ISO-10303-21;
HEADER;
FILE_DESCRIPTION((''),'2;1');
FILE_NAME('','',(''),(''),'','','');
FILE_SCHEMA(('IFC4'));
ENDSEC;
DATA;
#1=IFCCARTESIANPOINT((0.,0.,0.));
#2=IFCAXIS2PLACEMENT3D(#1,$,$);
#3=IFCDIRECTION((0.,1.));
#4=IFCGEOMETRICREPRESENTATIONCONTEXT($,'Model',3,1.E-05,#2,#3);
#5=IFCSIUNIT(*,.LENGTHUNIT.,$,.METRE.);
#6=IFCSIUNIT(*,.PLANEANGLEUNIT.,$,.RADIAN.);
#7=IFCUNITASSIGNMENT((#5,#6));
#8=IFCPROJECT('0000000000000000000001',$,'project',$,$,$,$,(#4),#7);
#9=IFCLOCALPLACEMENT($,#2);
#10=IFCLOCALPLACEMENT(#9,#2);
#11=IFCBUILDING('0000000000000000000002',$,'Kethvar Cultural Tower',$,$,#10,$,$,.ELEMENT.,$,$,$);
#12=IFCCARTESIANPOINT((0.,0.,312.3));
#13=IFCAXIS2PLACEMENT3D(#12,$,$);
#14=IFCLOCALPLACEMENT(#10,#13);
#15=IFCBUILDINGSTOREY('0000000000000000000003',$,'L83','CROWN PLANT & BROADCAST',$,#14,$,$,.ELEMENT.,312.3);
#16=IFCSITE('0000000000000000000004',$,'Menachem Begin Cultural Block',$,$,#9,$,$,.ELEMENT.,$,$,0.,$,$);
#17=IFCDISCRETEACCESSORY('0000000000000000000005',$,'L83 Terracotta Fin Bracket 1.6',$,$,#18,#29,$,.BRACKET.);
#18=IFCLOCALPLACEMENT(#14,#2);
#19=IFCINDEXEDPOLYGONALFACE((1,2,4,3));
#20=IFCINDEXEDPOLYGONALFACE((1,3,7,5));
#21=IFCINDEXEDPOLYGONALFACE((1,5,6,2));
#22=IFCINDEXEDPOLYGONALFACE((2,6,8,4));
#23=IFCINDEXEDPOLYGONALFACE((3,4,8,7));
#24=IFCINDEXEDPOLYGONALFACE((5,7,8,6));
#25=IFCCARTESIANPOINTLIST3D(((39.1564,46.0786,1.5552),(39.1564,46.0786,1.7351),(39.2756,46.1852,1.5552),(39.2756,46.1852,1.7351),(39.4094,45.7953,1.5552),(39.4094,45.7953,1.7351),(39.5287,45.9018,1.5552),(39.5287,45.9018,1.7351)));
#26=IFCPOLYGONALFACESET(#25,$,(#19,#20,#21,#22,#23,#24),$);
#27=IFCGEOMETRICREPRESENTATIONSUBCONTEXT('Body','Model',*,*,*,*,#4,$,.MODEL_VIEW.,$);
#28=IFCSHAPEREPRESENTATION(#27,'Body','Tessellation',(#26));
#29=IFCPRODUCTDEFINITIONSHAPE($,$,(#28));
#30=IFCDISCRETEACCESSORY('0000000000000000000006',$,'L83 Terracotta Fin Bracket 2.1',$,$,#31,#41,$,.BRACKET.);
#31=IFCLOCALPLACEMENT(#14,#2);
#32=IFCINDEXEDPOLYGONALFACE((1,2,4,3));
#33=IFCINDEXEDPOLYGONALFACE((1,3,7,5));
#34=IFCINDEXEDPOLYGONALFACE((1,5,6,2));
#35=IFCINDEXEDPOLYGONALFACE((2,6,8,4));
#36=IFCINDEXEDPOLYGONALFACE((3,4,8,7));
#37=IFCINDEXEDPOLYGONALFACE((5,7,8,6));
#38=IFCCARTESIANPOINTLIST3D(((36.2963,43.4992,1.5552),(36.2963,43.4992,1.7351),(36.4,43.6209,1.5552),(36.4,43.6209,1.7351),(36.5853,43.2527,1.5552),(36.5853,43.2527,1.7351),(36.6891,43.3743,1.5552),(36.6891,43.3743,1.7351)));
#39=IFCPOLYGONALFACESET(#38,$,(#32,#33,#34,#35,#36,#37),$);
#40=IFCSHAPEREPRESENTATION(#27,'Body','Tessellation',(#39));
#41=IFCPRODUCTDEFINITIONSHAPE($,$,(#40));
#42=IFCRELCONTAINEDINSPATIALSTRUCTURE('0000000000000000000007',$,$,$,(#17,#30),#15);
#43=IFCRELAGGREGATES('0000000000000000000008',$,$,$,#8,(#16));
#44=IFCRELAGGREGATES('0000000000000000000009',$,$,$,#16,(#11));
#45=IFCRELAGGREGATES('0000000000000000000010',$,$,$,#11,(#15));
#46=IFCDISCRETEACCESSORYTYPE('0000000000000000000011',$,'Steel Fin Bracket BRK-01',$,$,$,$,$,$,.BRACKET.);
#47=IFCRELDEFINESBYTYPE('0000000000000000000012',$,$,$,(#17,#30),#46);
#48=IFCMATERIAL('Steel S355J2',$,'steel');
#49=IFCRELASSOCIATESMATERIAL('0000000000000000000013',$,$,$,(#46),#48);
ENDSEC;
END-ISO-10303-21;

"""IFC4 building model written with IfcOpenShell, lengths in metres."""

from ifc_helpers import new_model, si_unit, direction, frame, origin, origin_2d, place, context, subcontext, project, spatial, rectangle, extrude, source, transform, mapped, material, type_object, element, save


model = new_model("IFC4")

# Units and contexts
model_context = context("Model", 3, precision=1e-05, world=origin(), true_north=direction((0.0, 1.0)))
body_context = subcontext(model_context, "Body", "Model", "MODEL_VIEW")
ifc_project = project(units=[si_unit("LENGTHUNIT", "METRE"), si_unit("PLANEANGLEUNIT", "RADIAN")], contexts=[model_context])

# Site, building, storey
site_placement = place(None, origin())
site = spatial("IfcSite", under=ifc_project, at=site_placement, Name="Menachem Begin Cultural Block", CompositionType="ELEMENT", RefElevation=0.0)
building_placement = place(site_placement, origin())
building = spatial("IfcBuilding", under=site, at=building_placement, Name="Kethvar Cultural Tower", CompositionType="ELEMENT")
storey_placement = place(building_placement, frame((0.0, 0.0, 312.3)))
storey = spatial("IfcBuildingStorey", under=building, at=storey_placement, Name="L83", Description="CROWN PLANT & BROADCAST", CompositionType="ELEMENT", Elevation=312.3)

# Shared definitions
ifc_material_1 = material(Name="Steel S355J2", Category="steel")

# Discrete accessories
discrete_accessory_type = type_object("IfcDiscreteAccessoryType", Name="Steel Fin Bracket BRK-01", PredefinedType="BRACKET", material=ifc_material_1)
shared_shape_1 = source(origin(), body_context, "Body", "SweptSolid", [
    extrude(rectangle(XDim=0.3799, YDim=0.1599, at=origin_2d()), origin(), (0.0, 0.0, 1.0), 0.1799),
])
for number, where, z_axis, x_axis, name in (
    (1, (39.3425, 45.9902, 1.5552), (0.0, 0.0, 1.0), (-0.666142, 0.745825, 0.0), "L83 Terracotta Fin Bracket 1.6"),
    (2, (36.4927, 43.4368, 1.5552), (0.0, 0.0, 1.0), (-0.760859, 0.648917, 0.0), "L83 Terracotta Fin Bracket 2.1"),
):
    element("IfcDiscreteAccessory", number, at=place(storey_placement, frame(where, z_axis=z_axis, x_axis=x_axis)), inside=storey, type_object=discrete_accessory_type, Name=name, PredefinedType="BRACKET", context=body_context, shape_type="MappedRepresentation", body=[
        mapped(shared_shape_1, transform((0.0, 0.0, 0.0), scale=1.0)),
    ])

save(model, "model.ifc")
